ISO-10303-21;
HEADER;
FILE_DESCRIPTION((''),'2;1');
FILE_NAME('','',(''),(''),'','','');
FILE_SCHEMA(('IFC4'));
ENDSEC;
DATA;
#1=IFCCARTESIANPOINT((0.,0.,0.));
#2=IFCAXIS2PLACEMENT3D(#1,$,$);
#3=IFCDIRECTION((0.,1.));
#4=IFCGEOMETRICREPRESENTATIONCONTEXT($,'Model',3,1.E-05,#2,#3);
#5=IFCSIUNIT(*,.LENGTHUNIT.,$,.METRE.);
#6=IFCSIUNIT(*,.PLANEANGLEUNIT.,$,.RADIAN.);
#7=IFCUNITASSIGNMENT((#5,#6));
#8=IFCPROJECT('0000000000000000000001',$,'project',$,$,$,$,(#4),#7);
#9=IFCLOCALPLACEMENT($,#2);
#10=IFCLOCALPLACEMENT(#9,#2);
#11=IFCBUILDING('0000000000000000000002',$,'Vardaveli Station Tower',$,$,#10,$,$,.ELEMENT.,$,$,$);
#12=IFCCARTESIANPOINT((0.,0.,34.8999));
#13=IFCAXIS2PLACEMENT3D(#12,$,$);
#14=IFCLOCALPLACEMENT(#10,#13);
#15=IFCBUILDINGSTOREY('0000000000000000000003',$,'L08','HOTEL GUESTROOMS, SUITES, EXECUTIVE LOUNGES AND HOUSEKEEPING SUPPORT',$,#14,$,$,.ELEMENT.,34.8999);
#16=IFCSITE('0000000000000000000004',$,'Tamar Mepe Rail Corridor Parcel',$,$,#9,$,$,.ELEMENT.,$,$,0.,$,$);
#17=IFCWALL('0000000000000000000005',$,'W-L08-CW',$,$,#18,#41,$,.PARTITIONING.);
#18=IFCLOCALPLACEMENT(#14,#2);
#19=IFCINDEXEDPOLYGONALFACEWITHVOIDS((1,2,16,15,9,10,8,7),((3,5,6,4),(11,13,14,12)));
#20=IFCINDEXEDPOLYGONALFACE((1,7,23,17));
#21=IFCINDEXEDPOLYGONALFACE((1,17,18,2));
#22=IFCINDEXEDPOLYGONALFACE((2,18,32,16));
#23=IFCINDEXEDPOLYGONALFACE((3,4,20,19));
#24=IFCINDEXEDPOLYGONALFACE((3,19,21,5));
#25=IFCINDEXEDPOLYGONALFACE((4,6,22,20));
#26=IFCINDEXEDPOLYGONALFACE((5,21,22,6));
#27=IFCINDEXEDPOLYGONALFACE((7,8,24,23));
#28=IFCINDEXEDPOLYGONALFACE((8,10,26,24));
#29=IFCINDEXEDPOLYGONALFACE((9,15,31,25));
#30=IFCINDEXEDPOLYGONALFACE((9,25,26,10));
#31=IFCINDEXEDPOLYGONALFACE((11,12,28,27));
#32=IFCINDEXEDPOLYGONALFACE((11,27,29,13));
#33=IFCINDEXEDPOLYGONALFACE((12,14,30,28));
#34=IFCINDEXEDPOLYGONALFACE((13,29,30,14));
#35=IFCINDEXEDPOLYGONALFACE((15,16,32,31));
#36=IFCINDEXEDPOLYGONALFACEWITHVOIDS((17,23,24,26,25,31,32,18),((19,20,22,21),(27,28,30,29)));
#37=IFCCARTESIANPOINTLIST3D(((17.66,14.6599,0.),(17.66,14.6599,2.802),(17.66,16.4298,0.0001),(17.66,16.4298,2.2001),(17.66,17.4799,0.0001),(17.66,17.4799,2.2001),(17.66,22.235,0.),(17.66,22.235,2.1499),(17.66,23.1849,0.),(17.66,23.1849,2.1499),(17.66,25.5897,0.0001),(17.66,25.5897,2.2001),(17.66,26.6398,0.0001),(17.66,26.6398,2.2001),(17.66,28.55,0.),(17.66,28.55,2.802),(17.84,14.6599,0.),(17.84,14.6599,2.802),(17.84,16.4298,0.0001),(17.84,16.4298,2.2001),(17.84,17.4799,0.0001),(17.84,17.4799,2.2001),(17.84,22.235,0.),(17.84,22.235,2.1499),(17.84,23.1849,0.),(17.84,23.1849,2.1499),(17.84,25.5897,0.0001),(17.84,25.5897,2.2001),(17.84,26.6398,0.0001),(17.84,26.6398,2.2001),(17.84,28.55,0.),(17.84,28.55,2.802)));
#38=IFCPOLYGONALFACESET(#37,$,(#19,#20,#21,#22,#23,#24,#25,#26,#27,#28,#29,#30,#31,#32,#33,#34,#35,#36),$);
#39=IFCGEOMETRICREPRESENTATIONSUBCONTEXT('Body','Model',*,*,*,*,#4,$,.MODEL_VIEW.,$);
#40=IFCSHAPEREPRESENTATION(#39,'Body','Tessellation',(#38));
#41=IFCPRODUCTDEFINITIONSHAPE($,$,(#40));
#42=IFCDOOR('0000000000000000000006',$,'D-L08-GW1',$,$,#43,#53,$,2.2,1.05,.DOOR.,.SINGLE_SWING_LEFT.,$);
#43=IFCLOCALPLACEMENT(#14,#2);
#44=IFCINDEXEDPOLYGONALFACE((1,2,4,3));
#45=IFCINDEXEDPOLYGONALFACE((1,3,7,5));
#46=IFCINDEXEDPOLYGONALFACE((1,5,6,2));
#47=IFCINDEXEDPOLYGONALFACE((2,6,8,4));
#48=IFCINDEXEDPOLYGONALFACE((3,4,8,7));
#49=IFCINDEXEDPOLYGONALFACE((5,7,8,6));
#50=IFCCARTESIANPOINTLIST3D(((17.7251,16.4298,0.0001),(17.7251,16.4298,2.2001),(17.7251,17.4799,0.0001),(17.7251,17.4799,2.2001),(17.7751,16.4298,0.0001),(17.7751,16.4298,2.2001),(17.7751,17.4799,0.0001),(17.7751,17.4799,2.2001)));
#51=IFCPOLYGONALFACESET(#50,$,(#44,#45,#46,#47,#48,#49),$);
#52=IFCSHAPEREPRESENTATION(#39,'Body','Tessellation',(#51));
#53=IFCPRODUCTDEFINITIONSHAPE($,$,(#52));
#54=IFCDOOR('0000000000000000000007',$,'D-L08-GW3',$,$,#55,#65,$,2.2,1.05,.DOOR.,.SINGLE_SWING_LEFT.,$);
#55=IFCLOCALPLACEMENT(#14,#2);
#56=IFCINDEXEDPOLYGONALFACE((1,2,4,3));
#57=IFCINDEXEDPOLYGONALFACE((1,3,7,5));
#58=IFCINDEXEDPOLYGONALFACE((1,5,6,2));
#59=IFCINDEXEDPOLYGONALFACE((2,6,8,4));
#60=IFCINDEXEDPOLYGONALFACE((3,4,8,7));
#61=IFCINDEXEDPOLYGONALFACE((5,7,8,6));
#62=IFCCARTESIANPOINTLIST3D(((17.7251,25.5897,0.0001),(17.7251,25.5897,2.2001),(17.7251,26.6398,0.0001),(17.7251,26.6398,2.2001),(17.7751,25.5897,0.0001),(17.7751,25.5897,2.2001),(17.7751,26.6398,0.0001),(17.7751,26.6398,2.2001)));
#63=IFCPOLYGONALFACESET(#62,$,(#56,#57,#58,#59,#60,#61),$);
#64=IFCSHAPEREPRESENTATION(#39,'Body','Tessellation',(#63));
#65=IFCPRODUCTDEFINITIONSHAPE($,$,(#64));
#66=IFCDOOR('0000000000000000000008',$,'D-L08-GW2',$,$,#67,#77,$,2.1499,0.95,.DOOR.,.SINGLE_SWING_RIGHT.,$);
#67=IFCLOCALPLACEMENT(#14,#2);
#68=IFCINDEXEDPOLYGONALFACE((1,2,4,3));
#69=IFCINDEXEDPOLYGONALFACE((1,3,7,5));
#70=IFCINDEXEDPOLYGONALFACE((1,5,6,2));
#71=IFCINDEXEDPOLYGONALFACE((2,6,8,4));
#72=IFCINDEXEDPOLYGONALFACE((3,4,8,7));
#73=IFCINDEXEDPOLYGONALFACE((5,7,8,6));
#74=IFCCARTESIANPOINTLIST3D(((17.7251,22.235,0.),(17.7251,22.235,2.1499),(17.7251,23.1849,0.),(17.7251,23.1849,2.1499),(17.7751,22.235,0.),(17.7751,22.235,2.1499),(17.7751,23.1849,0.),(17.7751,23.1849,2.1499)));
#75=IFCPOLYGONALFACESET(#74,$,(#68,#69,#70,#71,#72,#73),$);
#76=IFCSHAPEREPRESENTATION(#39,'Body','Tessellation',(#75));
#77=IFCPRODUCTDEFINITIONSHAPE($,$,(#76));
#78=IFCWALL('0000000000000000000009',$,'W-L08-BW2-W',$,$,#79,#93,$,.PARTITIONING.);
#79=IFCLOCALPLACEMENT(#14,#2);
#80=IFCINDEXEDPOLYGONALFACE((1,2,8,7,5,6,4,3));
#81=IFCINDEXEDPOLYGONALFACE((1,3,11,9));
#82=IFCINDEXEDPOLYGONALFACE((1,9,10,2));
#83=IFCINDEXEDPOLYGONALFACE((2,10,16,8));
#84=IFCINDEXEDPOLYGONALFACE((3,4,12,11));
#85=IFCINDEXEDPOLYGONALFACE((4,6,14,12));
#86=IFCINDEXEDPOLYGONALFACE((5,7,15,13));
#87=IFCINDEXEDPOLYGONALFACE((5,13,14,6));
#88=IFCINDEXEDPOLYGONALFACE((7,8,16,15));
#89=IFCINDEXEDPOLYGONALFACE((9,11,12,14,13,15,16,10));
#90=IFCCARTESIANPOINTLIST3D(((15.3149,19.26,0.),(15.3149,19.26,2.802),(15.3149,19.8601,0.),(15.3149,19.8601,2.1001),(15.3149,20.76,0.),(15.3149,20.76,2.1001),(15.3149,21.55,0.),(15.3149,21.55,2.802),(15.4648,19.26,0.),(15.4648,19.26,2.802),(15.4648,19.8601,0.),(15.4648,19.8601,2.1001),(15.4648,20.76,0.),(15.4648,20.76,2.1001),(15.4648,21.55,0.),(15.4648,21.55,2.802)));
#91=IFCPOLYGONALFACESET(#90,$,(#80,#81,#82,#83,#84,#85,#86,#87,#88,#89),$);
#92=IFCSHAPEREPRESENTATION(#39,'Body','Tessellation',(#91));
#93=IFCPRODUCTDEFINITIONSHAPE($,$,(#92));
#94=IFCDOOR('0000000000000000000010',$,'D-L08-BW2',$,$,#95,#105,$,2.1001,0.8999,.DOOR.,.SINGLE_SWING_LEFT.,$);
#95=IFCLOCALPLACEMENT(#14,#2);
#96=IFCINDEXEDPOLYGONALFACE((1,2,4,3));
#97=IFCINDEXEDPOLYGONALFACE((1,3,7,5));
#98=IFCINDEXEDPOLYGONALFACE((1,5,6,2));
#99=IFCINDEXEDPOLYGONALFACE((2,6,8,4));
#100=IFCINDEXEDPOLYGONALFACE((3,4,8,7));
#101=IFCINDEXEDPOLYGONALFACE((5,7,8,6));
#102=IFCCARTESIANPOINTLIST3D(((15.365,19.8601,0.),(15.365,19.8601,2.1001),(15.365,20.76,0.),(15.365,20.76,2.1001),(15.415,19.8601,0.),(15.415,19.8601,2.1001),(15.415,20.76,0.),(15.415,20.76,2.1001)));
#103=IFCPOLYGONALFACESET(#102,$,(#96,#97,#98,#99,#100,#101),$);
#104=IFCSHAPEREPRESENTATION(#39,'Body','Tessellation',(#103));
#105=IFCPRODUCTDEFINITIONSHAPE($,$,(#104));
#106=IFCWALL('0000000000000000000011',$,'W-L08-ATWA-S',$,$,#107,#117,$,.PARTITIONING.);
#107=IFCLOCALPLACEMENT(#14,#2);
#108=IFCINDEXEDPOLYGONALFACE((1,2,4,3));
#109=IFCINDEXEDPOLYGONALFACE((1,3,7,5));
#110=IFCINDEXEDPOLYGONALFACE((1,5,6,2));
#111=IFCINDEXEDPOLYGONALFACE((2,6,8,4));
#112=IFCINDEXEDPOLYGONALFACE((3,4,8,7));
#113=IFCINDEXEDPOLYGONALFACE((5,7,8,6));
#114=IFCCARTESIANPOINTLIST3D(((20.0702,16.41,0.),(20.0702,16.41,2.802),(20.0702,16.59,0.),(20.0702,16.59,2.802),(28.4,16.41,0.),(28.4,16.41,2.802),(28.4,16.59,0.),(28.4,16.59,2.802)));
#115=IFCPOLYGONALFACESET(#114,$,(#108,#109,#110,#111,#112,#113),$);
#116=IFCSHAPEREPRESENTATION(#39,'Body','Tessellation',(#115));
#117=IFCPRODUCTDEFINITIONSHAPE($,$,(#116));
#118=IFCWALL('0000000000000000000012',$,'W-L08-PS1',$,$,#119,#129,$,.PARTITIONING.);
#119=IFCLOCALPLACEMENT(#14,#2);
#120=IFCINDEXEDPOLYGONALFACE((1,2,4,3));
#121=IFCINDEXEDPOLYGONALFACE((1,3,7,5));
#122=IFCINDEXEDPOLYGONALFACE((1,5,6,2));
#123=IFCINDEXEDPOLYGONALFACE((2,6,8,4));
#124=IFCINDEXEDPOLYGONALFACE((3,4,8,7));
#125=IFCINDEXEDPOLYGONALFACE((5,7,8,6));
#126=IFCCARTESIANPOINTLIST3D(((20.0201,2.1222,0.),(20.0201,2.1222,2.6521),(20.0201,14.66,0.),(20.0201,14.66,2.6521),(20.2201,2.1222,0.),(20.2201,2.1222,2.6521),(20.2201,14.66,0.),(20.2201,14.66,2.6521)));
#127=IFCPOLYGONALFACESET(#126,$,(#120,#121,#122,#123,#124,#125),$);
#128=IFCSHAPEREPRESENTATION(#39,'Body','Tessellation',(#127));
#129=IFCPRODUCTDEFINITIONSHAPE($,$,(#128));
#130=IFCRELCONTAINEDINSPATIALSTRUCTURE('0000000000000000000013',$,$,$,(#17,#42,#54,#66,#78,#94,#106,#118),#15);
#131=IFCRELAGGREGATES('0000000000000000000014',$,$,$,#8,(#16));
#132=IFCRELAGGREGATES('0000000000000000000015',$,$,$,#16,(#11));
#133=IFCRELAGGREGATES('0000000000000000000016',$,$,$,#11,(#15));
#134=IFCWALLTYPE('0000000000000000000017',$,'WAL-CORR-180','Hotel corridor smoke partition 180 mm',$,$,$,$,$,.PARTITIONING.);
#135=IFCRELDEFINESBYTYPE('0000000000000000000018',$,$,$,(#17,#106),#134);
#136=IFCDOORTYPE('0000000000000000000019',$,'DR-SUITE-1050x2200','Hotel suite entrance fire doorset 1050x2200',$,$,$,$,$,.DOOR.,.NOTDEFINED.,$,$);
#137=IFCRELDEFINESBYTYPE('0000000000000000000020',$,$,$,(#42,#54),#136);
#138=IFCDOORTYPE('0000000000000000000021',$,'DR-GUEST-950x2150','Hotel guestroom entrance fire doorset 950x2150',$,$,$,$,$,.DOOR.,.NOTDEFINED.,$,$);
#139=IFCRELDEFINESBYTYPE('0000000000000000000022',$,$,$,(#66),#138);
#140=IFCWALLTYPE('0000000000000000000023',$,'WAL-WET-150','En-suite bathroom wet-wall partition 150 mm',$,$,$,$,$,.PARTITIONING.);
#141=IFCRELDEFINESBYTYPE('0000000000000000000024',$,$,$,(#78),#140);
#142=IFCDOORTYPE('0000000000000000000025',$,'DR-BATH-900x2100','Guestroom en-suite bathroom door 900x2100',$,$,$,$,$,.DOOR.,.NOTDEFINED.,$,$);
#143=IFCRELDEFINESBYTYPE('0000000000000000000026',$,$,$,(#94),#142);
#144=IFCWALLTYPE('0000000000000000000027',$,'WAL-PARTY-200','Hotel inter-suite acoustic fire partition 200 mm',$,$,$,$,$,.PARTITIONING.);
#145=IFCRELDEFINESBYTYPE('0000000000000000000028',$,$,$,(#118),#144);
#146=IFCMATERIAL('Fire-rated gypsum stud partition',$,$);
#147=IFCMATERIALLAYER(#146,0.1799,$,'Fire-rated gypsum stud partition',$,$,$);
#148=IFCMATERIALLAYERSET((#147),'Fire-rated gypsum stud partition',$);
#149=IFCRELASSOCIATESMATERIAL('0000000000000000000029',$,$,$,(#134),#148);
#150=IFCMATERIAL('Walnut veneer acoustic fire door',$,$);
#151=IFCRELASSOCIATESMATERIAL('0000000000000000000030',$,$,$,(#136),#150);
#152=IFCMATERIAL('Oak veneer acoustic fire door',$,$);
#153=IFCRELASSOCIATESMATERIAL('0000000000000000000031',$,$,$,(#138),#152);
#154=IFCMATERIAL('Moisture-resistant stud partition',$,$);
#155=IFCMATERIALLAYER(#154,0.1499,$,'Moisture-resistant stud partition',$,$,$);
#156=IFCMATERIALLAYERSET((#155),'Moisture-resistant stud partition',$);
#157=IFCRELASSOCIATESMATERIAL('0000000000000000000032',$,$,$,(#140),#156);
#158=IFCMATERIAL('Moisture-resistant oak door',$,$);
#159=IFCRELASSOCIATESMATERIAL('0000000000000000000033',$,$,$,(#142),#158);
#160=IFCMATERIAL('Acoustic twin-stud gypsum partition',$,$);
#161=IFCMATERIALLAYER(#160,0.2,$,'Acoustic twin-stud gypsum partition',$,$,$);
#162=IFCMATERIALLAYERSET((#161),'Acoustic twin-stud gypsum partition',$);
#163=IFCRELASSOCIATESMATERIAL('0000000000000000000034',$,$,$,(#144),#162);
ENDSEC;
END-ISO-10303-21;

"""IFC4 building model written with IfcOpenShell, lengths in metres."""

from ifc_helpers import new_model, si_unit, direction, frame, frame_2d, origin, place, context, subcontext, project, spatial, rectangle, extrude, source, transform, mapped, material, layer, layer_set, type_object, element, fill, save


model = new_model("IFC4")

# Units and contexts
model_context = context("Model", 3, precision=1e-05, world=origin(), true_north=direction((0.0, 1.0)))
body_context = subcontext(model_context, "Body", "Model", "MODEL_VIEW")
ifc_project = project(units=[si_unit("LENGTHUNIT", "METRE"), si_unit("PLANEANGLEUNIT", "RADIAN")], contexts=[model_context])

# Site, building, storey
site_placement = place(None, origin())
site = spatial("IfcSite", under=ifc_project, at=site_placement, Name="Tamar Mepe Rail Corridor Parcel", CompositionType="ELEMENT", RefElevation=0.0)
building_placement = place(site_placement, origin())
building = spatial("IfcBuilding", under=site, at=building_placement, Name="Vardaveli Station Tower", CompositionType="ELEMENT")
storey_placement = place(building_placement, frame((0.0, 0.0, 34.8999)))
storey = spatial("IfcBuildingStorey", under=building, at=storey_placement, Name="L08", Description="HOTEL GUESTROOMS, SUITES, EXECUTIVE LOUNGES AND HOUSEKEEPING SUPPORT", CompositionType="ELEMENT", Elevation=34.8999)

# Wall, openings, doors
ifc_material_1 = material(Name="Fire-rated gypsum stud partition")
ifc_layer_1 = layer(ifc_material_1, 0.1799, Name="Fire-rated gypsum stud partition")
ifc_layer_set_1 = layer_set([ifc_layer_1], Name="Fire-rated gypsum stud partition")
wall_type_1 = type_object("IfcWallType", Name="WAL-CORR-180", Description="Hotel corridor smoke partition 180 mm", PredefinedType="PARTITIONING", material=ifc_layer_set_1)
shared_shape_1 = source(origin(), body_context, "Body", "SweptSolid", [
    extrude(rectangle(XDim=13.8901, YDim=0.1799, at=frame_2d((6.9451, 0.0))), origin(), (0.0, 0.0, 1.0), 2.802),
])
wall_1_placement = place(storey_placement, frame((17.75, 14.6599, 0.0), z_axis=(0.0, 0.0, 1.0), x_axis=(0.0, 1.0, 0.0)))
wall_1 = element("IfcWall", 1, at=wall_1_placement, inside=storey, type_object=wall_type_1, Name="W-L08-CW", PredefinedType="PARTITIONING", context=body_context, shape_type="MappedRepresentation", body=[
    mapped(shared_shape_1, transform((0.0, 0.0, 0.0), scale=1.0)),
])
shared_shape_2 = source(origin(), body_context, "Body", "SweptSolid", [
    extrude(rectangle(XDim=1.05, YDim=2.2, at=frame_2d((0.5249, 1.1001))), frame((0.0, 0.1001, 0.0), z_axis=(0.0, -1.0, 0.0), x_axis=(1.0, 0.0, 0.0)), (0.0, 0.0, 1.0), 0.2),
])
opening_1_placement = place(wall_1_placement, frame((1.77, 0.0, 0.0)))
opening_1 = element("IfcOpeningElement", 2, at=opening_1_placement, cuts=wall_1, PredefinedType="OPENING", context=body_context, shape_type="MappedRepresentation", body=[
    mapped(shared_shape_2, transform((0.0, 0.0, 0.0), scale=1.0)),
])
shared_shape_3 = source(origin(), body_context, "Body", "SweptSolid", [
    extrude(rectangle(XDim=0.95, YDim=2.1499, at=frame_2d((0.4751, 1.075))), frame((0.0, 0.1001, 0.0), z_axis=(0.0, -1.0, 0.0), x_axis=(1.0, 0.0, 0.0)), (0.0, 0.0, 1.0), 0.2),
])
opening_2_placement = place(wall_1_placement, frame((7.575, 0.0, 0.0)))
opening_2 = element("IfcOpeningElement", 3, at=opening_2_placement, cuts=wall_1, PredefinedType="OPENING", context=body_context, shape_type="MappedRepresentation", body=[
    mapped(shared_shape_3, transform((0.0, 0.0, 0.0), scale=1.0)),
])
opening_3_placement = place(wall_1_placement, frame((10.9299, 0.0, 0.0)))
opening_3 = element("IfcOpeningElement", 4, at=opening_3_placement, cuts=wall_1, PredefinedType="OPENING", context=body_context, shape_type="MappedRepresentation", body=[
    mapped(shared_shape_2, transform((0.0, 0.0, 0.0), scale=1.0)),
])
ifc_material_2 = material(Name="Walnut veneer acoustic fire door")
door_type_1 = type_object("IfcDoorType", Name="DR-SUITE-1050x2200", Description="Hotel suite entrance fire doorset 1050x2200", OperationType="NOTDEFINED", PredefinedType="DOOR", material=ifc_material_2)
shared_shape_4 = source(origin(), body_context, "Body", "SweptSolid", [
    extrude(rectangle(XDim=1.05, YDim=2.2, at=frame_2d((0.5249, 1.1001))), frame((0.0, 0.0249, 0.0), z_axis=(0.0, -1.0, 0.0), x_axis=(1.0, 0.0, 0.0)), (0.0, 0.0, 1.0), 0.05),
])
door_1_placement = place(opening_1_placement, origin())
door_1 = element("IfcDoor", 5, at=door_1_placement, inside=storey, type_object=door_type_1, Name="D-L08-GW1", OperationType="SINGLE_SWING_LEFT", OverallHeight=2.2, OverallWidth=1.05, PredefinedType="DOOR", context=body_context, shape_type="MappedRepresentation", body=[
    mapped(shared_shape_4, transform((0.0, 0.0, 0.0), scale=1.0)),
])
fill(opening_1, door_1)
door_2_placement = place(opening_3_placement, origin())
door_2 = element("IfcDoor", 6, at=door_2_placement, inside=storey, type_object=door_type_1, Name="D-L08-GW3", OperationType="SINGLE_SWING_LEFT", OverallHeight=2.2, OverallWidth=1.05, PredefinedType="DOOR", context=body_context, shape_type="MappedRepresentation", body=[
    mapped(shared_shape_4, transform((0.0, 0.0, 0.0), scale=1.0)),
])
fill(opening_3, door_2)
ifc_material_3 = material(Name="Oak veneer acoustic fire door")
door_type_2 = type_object("IfcDoorType", Name="DR-GUEST-950x2150", Description="Hotel guestroom entrance fire doorset 950x2150", OperationType="NOTDEFINED", PredefinedType="DOOR", material=ifc_material_3)
shared_shape_5 = source(origin(), body_context, "Body", "SweptSolid", [
    extrude(rectangle(XDim=0.95, YDim=2.1499, at=frame_2d((0.4751, 1.075))), frame((0.0, 0.0249, 0.0), z_axis=(0.0, -1.0, 0.0), x_axis=(1.0, 0.0, 0.0)), (0.0, 0.0, 1.0), 0.05),
])
door_3_placement = place(opening_2_placement, origin())
door_3 = element("IfcDoor", 7, at=door_3_placement, inside=storey, type_object=door_type_2, Name="D-L08-GW2", OperationType="SINGLE_SWING_RIGHT", OverallHeight=2.1499, OverallWidth=0.95, PredefinedType="DOOR", context=body_context, shape_type="MappedRepresentation", body=[
    mapped(shared_shape_5, transform((0.0, 0.0, 0.0), scale=1.0)),
])
fill(opening_2, door_3)

# Wall, opening, door
ifc_material_4 = material(Name="Moisture-resistant stud partition")
ifc_layer_2 = layer(ifc_material_4, 0.1499, Name="Moisture-resistant stud partition")
ifc_layer_set_2 = layer_set([ifc_layer_2], Name="Moisture-resistant stud partition")
wall_type_2 = type_object("IfcWallType", Name="WAL-WET-150", Description="En-suite bathroom wet-wall partition 150 mm", PredefinedType="PARTITIONING", material=ifc_layer_set_2)
shared_shape_6 = source(origin(), body_context, "Body", "SweptSolid", [
    extrude(rectangle(XDim=2.29, YDim=0.1499, at=frame_2d((1.145, 0.0))), origin(), (0.0, 0.0, 1.0), 2.802),
])
wall_2_placement = place(storey_placement, frame((15.3899, 19.26, 0.0), z_axis=(0.0, 0.0, 1.0), x_axis=(0.0, 1.0, 0.0)))
wall_2 = element("IfcWall", 8, at=wall_2_placement, inside=storey, type_object=wall_type_2, Name="W-L08-BW2-W", PredefinedType="PARTITIONING", context=body_context, shape_type="MappedRepresentation", body=[
    mapped(shared_shape_6, transform((0.0, 0.0, 0.0), scale=1.0)),
])
shared_shape_7 = source(origin(), body_context, "Body", "SweptSolid", [
    extrude(rectangle(XDim=0.8999, YDim=2.1001, at=frame_2d((0.45, 1.05))), frame((0.0, 0.085, 0.0), z_axis=(0.0, -1.0, 0.0), x_axis=(1.0, 0.0, 0.0)), (0.0, 0.0, 1.0), 0.1699),
])
opening_4_placement = place(wall_2_placement, frame((0.6001, 0.0, 0.0)))
opening_4 = element("IfcOpeningElement", 9, at=opening_4_placement, cuts=wall_2, PredefinedType="OPENING", context=body_context, shape_type="MappedRepresentation", body=[
    mapped(shared_shape_7, transform((0.0, 0.0, 0.0), scale=1.0)),
])
ifc_material_5 = material(Name="Moisture-resistant oak door")
door_type_3 = type_object("IfcDoorType", Name="DR-BATH-900x2100", Description="Guestroom en-suite bathroom door 900x2100", OperationType="NOTDEFINED", PredefinedType="DOOR", material=ifc_material_5)
shared_shape_8 = source(origin(), body_context, "Body", "SweptSolid", [
    extrude(rectangle(XDim=0.8999, YDim=2.1001, at=frame_2d((0.45, 1.05))), frame((0.0, 0.0249, 0.0), z_axis=(0.0, -1.0, 0.0), x_axis=(1.0, 0.0, 0.0)), (0.0, 0.0, 1.0), 0.05),
])
door_4_placement = place(opening_4_placement, origin())
door_4 = element("IfcDoor", 10, at=door_4_placement, inside=storey, type_object=door_type_3, Name="D-L08-BW2", OperationType="SINGLE_SWING_LEFT", OverallHeight=2.1001, OverallWidth=0.8999, PredefinedType="DOOR", context=body_context, shape_type="MappedRepresentation", body=[
    mapped(shared_shape_8, transform((0.0, 0.0, 0.0), scale=1.0)),
])
fill(opening_4, door_4)

# Walls
shared_shape_9 = source(origin(), body_context, "Body", "SweptSolid", [
    extrude(rectangle(XDim=8.3298, YDim=0.1799, at=frame_2d((4.165, 0.0))), origin(), (0.0, 0.0, 1.0), 2.802),
])
wall_3_placement = place(storey_placement, frame((20.0701, 16.5, 0.0), z_axis=(0.0, 0.0, 1.0), x_axis=(1.0, 0.0, 0.0)))
element("IfcWall", 11, at=wall_3_placement, inside=storey, type_object=wall_type_1, Name="W-L08-ATWA-S", PredefinedType="PARTITIONING", context=body_context, shape_type="MappedRepresentation", body=[
    mapped(shared_shape_9, transform((0.0, 0.0, 0.0), scale=1.0)),
])
ifc_material_6 = material(Name="Acoustic twin-stud gypsum partition")
ifc_layer_3 = layer(ifc_material_6, 0.2, Name="Acoustic twin-stud gypsum partition")
ifc_layer_set_3 = layer_set([ifc_layer_3], Name="Acoustic twin-stud gypsum partition")
wall_type_3 = type_object("IfcWallType", Name="WAL-PARTY-200", Description="Hotel inter-suite acoustic fire partition 200 mm", PredefinedType="PARTITIONING", material=ifc_layer_set_3)
shared_shape_10 = source(origin(), body_context, "Body", "SweptSolid", [
    extrude(rectangle(XDim=12.5378, YDim=0.2, at=frame_2d((6.269, 0.0))), origin(), (0.0, 0.0, 1.0), 2.6521),
])
wall_4_placement = place(storey_placement, frame((20.1201, 2.1221, 0.0), z_axis=(0.0, 0.0, 1.0), x_axis=(0.0, 1.0, 0.0)))
element("IfcWall", 12, at=wall_4_placement, inside=storey, type_object=wall_type_3, Name="W-L08-PS1", PredefinedType="PARTITIONING", context=body_context, shape_type="MappedRepresentation", body=[
    mapped(shared_shape_10, transform((0.0, 0.0, 0.0), scale=1.0)),
])

save(model, "model.ifc")
